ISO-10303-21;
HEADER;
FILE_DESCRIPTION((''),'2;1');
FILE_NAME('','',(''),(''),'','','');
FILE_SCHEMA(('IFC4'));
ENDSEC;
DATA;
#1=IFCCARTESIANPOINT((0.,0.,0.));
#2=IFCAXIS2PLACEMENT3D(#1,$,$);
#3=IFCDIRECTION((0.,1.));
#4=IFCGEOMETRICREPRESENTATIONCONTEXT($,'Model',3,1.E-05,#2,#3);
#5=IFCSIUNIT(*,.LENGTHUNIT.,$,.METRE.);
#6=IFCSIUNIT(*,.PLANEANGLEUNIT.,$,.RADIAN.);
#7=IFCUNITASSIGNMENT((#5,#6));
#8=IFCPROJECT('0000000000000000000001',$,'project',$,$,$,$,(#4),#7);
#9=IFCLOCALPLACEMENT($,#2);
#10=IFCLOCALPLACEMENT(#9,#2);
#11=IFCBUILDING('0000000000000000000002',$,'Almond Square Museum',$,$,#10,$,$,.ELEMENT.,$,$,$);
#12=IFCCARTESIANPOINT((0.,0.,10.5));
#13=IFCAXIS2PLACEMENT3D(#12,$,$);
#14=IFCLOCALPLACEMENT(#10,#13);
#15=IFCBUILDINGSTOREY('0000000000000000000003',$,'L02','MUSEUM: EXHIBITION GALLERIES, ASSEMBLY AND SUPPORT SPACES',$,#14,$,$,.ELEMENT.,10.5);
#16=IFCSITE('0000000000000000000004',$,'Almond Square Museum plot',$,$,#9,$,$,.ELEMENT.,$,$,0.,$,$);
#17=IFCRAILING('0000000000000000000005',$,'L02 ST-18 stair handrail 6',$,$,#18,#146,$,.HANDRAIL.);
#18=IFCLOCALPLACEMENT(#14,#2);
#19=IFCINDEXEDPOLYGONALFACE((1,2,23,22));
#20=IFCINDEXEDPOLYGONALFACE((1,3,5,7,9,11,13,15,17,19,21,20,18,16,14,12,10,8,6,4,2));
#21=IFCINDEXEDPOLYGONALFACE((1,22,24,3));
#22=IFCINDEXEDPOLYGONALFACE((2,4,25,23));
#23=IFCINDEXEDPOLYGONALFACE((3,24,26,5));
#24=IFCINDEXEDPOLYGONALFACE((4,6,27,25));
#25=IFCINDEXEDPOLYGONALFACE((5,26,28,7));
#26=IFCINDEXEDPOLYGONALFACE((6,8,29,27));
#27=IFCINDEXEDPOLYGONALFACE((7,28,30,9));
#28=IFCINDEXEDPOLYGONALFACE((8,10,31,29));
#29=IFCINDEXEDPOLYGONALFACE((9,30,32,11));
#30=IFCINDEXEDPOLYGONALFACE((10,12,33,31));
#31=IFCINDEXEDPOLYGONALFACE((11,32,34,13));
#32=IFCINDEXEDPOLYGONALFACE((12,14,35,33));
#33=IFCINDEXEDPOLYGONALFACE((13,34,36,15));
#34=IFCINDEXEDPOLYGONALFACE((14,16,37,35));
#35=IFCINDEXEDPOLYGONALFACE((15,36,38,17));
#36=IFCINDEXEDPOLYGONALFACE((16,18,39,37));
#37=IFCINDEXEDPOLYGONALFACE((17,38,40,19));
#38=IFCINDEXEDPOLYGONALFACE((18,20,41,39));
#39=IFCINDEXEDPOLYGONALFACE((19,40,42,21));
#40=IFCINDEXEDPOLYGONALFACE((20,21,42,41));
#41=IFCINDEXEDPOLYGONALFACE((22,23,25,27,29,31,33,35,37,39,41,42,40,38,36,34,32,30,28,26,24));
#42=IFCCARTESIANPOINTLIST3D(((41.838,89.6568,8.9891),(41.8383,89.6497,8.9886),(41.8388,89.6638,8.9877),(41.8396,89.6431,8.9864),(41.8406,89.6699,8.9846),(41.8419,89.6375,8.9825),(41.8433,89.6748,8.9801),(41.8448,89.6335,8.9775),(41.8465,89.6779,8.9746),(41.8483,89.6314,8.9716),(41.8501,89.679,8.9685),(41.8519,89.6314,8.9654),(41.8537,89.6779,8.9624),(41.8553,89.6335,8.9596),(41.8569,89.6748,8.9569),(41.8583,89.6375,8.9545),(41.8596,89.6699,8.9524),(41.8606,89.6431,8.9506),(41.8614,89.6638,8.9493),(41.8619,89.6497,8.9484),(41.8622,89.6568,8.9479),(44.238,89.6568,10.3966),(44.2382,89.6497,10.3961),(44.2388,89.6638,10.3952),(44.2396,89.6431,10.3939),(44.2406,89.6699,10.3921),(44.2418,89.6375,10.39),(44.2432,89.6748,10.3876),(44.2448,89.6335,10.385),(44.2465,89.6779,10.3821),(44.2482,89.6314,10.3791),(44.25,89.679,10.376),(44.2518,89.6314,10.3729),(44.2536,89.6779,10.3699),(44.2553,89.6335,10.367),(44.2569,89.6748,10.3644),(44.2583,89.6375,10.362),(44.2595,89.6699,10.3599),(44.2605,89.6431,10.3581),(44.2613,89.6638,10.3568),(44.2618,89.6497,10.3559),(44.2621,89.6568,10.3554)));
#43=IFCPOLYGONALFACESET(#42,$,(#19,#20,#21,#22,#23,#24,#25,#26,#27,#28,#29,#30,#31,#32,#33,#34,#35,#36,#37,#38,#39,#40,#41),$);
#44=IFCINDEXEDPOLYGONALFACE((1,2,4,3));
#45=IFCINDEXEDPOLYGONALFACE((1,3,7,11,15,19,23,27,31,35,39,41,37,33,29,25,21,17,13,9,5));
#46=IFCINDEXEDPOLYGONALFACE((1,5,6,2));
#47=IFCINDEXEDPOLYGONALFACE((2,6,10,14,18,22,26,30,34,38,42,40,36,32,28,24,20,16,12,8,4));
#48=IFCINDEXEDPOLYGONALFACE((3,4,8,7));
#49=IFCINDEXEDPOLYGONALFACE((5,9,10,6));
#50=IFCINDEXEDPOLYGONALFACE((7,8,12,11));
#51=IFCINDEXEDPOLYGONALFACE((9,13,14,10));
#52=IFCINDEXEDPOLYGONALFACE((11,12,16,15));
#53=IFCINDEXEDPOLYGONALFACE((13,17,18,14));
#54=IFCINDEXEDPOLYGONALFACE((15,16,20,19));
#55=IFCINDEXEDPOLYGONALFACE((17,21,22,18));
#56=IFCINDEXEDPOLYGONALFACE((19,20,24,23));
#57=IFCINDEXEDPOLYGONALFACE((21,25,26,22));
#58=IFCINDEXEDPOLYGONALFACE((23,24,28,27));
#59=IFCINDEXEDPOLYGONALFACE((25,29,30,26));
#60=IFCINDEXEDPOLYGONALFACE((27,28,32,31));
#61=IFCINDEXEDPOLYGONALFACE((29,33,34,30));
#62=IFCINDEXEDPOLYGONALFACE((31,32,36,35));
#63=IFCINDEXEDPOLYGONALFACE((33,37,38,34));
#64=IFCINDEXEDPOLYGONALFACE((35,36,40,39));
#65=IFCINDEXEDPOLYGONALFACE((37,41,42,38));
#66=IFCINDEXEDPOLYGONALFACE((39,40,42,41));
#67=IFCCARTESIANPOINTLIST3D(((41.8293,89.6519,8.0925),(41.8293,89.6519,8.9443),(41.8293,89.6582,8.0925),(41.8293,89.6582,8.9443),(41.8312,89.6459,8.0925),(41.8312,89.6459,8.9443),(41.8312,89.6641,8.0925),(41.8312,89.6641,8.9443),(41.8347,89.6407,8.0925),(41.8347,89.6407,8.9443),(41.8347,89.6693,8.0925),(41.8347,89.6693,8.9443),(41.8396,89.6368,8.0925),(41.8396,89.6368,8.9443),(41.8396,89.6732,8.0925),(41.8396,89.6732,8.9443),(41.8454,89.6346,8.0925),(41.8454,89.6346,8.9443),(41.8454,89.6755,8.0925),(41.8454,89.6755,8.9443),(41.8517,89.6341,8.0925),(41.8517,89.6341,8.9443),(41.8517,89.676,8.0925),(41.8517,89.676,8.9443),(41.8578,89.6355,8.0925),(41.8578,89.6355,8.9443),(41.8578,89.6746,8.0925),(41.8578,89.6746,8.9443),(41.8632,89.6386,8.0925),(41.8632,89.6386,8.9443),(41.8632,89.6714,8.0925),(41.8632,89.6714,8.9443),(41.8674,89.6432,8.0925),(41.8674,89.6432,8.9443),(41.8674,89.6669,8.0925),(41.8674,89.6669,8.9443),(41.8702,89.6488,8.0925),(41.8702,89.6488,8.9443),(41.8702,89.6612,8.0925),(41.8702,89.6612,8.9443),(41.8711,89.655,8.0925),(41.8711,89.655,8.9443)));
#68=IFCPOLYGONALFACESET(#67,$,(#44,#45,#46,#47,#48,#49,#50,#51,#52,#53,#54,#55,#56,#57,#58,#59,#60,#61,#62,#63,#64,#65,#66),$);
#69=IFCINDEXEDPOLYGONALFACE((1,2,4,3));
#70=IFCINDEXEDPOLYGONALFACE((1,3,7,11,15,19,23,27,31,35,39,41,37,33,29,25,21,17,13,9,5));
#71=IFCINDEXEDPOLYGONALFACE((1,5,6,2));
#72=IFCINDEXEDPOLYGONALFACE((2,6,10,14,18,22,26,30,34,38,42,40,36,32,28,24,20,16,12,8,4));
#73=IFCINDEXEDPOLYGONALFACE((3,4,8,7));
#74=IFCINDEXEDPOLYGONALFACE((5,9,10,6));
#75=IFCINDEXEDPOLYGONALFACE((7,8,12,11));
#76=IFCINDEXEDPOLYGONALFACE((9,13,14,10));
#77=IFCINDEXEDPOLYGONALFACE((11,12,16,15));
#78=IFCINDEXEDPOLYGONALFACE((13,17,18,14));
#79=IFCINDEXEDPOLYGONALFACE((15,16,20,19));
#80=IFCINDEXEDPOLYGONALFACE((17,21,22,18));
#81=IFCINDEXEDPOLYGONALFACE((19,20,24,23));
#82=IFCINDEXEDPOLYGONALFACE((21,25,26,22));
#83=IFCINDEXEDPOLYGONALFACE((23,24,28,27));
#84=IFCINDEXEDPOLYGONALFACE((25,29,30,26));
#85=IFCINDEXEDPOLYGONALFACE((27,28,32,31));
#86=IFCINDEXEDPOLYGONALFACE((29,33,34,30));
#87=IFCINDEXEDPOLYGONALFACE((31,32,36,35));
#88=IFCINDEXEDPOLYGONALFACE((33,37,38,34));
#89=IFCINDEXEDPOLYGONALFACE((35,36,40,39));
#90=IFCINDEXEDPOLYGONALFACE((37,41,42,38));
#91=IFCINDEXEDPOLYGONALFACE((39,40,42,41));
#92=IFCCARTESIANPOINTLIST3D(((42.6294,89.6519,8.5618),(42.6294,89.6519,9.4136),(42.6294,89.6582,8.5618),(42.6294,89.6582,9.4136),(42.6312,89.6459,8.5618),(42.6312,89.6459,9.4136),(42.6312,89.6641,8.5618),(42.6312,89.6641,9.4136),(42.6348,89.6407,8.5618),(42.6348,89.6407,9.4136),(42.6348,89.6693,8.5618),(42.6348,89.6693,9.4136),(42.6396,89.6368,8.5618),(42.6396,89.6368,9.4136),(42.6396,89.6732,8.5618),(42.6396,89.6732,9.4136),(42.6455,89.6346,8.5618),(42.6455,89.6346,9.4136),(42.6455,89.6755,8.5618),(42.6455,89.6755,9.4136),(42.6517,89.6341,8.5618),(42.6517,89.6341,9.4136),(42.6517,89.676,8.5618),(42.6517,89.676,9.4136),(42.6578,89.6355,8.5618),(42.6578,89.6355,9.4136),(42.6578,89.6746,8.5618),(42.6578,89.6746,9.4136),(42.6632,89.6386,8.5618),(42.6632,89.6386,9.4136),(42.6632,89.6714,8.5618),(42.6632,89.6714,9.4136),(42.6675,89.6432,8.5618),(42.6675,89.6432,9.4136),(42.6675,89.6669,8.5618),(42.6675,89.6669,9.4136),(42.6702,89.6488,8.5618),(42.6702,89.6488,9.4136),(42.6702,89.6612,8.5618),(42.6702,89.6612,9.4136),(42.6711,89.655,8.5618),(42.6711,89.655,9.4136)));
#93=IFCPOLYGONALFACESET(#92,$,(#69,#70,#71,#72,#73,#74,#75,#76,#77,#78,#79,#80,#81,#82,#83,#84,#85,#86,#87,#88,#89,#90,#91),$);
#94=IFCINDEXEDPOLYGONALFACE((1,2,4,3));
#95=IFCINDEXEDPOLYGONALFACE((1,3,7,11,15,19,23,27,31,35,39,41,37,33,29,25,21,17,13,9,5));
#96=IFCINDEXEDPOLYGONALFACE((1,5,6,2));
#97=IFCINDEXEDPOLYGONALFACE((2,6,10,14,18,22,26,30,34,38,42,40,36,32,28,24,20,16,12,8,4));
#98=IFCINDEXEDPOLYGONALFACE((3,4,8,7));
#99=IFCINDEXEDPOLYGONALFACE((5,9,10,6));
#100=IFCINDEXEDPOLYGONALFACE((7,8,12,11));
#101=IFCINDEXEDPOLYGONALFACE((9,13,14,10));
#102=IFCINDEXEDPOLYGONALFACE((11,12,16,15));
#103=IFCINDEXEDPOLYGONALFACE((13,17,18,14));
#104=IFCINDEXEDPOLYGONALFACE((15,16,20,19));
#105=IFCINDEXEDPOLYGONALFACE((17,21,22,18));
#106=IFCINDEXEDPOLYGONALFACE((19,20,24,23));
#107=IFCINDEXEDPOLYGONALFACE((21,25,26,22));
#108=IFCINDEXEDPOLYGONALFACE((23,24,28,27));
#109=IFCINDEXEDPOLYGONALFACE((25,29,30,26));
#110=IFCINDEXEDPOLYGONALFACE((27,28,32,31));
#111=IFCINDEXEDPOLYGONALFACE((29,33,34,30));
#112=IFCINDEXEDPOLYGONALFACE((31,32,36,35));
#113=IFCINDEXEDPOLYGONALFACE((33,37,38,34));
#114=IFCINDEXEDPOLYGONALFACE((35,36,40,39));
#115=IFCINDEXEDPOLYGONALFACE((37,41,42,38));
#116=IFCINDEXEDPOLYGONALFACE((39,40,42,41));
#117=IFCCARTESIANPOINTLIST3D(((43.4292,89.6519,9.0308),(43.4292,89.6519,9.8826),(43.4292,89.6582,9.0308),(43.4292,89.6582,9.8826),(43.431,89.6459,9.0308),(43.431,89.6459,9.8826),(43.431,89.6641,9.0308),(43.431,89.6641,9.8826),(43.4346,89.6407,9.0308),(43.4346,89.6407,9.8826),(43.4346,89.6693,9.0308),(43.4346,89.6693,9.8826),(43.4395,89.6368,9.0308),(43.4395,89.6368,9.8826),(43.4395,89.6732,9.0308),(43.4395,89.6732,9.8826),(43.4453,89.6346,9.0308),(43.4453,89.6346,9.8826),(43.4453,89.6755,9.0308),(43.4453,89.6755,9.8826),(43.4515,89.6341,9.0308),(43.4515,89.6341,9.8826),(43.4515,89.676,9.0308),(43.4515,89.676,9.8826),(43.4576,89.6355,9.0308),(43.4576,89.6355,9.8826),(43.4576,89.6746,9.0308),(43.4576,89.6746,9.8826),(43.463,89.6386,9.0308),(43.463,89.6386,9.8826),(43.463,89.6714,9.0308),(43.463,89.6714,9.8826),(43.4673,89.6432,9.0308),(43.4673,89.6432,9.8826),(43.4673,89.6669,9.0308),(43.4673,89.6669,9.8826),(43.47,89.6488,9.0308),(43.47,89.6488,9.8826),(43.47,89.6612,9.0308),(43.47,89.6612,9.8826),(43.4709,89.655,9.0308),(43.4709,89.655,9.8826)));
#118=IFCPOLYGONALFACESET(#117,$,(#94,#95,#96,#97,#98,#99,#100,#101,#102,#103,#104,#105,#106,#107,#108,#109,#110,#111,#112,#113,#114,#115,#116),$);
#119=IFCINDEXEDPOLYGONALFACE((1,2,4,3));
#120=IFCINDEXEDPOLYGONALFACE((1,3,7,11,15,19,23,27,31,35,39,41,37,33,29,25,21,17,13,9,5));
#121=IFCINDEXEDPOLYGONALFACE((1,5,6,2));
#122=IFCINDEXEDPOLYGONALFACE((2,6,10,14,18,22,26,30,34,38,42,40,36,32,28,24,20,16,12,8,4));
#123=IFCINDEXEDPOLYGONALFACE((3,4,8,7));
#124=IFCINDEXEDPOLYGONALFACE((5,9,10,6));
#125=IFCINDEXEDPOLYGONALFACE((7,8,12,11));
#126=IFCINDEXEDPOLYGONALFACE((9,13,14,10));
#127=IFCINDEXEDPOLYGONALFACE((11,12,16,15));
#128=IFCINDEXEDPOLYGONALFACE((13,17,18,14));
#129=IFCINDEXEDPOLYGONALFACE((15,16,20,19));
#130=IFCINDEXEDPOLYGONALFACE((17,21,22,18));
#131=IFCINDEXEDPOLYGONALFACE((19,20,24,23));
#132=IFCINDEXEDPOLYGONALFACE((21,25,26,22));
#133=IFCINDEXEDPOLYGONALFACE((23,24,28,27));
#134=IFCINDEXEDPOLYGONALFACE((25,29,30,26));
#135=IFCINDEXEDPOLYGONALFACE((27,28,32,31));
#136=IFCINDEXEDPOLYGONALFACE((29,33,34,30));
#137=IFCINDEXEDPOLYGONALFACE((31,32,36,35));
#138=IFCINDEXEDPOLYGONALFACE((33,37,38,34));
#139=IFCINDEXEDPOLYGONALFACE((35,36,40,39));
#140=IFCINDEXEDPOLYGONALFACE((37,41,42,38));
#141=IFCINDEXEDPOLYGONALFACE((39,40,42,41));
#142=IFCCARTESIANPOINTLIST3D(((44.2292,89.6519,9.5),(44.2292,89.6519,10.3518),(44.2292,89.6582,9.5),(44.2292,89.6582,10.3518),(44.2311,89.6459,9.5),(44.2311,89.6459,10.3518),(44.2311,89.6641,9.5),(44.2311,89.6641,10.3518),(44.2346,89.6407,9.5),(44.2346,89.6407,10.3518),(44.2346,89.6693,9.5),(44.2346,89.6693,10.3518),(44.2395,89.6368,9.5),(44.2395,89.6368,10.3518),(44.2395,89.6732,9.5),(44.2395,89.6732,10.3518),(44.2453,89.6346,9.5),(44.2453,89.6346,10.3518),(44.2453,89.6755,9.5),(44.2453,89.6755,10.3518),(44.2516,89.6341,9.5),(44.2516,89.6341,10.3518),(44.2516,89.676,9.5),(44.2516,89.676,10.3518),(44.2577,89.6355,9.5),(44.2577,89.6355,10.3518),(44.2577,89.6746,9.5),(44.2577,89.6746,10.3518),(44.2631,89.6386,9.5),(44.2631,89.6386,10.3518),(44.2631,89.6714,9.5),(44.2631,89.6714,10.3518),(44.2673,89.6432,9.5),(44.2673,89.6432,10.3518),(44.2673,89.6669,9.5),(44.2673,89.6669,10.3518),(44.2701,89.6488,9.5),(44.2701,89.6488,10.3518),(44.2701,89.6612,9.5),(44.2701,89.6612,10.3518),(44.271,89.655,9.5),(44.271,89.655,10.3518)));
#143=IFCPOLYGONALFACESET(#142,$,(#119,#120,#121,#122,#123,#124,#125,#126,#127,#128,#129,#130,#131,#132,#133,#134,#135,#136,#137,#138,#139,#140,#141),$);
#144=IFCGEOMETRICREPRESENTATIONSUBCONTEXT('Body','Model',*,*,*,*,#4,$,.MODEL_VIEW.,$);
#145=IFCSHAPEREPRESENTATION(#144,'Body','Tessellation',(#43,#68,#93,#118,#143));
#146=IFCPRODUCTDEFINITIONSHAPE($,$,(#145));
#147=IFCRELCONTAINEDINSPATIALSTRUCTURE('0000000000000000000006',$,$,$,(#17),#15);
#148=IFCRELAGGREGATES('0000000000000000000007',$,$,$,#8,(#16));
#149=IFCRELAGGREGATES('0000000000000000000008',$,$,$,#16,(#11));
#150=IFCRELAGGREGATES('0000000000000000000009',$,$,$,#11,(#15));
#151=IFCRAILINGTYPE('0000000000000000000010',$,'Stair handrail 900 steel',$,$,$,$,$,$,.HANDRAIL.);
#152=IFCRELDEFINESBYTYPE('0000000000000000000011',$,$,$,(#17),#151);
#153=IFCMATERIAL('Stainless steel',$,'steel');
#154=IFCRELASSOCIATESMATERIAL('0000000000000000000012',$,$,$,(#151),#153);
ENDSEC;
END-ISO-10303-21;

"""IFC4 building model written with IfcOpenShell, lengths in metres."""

from ifc_helpers import new_model, si_unit, direction, frame, origin, origin_2d, place, context, subcontext, project, spatial, circle, extrude, material, type_object, element, save


model = new_model("IFC4")

# Units and contexts
model_context = context("Model", 3, precision=1e-05, world=origin(), true_north=direction((0.0, 1.0)))
body_context = subcontext(model_context, "Body", "Model", "MODEL_VIEW")
ifc_project = project(units=[si_unit("LENGTHUNIT", "METRE"), si_unit("PLANEANGLEUNIT", "RADIAN")], contexts=[model_context])

# Site, building, storey
site_placement = place(None, origin())
site = spatial("IfcSite", under=ifc_project, at=site_placement, Name="Almond Square Museum plot", CompositionType="ELEMENT", RefElevation=0.0)
building_placement = place(site_placement, origin())
building = spatial("IfcBuilding", under=site, at=building_placement, Name="Almond Square Museum", CompositionType="ELEMENT")
storey_placement = place(building_placement, frame((0.0, 0.0, 10.5)))
storey = spatial("IfcBuildingStorey", under=building, at=storey_placement, Name="L02", Description="MUSEUM: EXHIBITION GALLERIES, ASSEMBLY AND SUPPORT SPACES", CompositionType="ELEMENT", Elevation=10.5)

# Railing
ifc_material_1 = material(Name="Stainless steel", Category="steel")
railing_type_1 = type_object("IfcRailingType", Name="Stair handrail 900 steel", PredefinedType="HANDRAIL", material=ifc_material_1)
railing_1_placement = place(storey_placement, frame((41.8501, 89.655, 8.0925)))
element("IfcRailing", 1, at=railing_1_placement, inside=storey, type_object=railing_type_1, Name="L02 ST-18 stair handrail 6", PredefinedType="HANDRAIL", context=body_context, shape_type="SweptSolid", body=[
    extrude(circle(Radius=0.0239, at=origin_2d()), frame((0.0, 0.0, 0.876), z_axis=(0.862599, 0.0, 0.505888), x_axis=(0.0, 1.0, 0.0)), (0.0, 0.0, 1.0), 2.7822),
    extrude(circle(Radius=0.021, at=origin_2d()), origin(), (0.0, 0.0, 1.0), 0.8518),
    extrude(circle(Radius=0.021, at=origin_2d()), frame((0.8, 0.0, 0.4692)), (0.0, 0.0, 1.0), 0.8518),
    extrude(circle(Radius=0.021, at=origin_2d()), frame((1.5999, 0.0, 0.9382)), (0.0, 0.0, 1.0), 0.8518),
    extrude(circle(Radius=0.021, at=origin_2d()), frame((2.3999, 0.0, 1.4075)), (0.0, 0.0, 1.0), 0.8518),
])

save(model, "model.ifc")
